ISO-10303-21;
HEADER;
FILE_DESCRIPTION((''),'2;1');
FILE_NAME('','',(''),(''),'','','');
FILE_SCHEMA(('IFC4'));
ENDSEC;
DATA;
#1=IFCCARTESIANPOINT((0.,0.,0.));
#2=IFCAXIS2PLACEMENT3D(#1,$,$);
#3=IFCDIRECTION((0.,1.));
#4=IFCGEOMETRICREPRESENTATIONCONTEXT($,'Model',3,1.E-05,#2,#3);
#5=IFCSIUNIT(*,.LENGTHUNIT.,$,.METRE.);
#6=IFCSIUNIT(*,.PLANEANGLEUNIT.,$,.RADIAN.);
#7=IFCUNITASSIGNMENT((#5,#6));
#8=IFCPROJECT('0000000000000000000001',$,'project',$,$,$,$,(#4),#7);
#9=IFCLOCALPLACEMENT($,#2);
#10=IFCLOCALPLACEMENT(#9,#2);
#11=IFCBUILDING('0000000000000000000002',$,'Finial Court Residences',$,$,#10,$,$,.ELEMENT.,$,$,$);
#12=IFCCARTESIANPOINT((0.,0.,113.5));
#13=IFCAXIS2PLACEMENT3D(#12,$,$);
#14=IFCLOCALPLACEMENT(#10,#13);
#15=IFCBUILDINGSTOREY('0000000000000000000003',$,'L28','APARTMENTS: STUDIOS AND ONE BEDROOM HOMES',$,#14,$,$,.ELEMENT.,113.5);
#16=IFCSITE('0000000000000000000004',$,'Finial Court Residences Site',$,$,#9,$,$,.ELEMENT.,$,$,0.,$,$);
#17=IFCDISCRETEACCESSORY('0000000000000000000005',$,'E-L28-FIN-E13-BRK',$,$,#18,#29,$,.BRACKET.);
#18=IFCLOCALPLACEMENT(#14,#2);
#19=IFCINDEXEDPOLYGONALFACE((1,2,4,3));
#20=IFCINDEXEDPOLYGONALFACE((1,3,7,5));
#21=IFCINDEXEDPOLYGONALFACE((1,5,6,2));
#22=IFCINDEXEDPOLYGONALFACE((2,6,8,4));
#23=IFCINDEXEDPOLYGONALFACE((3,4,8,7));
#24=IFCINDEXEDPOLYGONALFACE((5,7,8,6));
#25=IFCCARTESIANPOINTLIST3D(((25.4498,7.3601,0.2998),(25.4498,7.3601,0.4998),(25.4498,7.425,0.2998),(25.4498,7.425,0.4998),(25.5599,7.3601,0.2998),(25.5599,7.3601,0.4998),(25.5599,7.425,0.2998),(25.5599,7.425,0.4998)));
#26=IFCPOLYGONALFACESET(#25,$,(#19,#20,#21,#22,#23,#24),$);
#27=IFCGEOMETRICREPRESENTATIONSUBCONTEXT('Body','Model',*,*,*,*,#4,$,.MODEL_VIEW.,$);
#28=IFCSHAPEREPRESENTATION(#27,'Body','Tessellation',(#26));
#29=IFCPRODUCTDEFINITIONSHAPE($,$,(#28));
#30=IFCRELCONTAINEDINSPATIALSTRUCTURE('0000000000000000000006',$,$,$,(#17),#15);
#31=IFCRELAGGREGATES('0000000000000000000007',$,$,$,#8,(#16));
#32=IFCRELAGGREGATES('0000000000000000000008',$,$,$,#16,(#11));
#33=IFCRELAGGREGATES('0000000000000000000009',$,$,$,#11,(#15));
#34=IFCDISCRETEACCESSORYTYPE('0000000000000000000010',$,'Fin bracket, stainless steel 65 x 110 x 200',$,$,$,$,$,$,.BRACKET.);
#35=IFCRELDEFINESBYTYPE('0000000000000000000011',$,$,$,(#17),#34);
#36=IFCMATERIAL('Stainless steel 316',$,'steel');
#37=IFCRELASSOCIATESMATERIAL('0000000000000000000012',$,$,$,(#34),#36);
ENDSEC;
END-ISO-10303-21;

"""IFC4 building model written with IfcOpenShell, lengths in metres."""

from ifc_helpers import new_model, si_unit, direction, frame, origin, origin_2d, place, context, subcontext, project, spatial, rectangle, extrude, material, type_object, element, save


model = new_model("IFC4")

# Units and contexts
model_context = context("Model", 3, precision=1e-05, world=origin(), true_north=direction((0.0, 1.0)))
body_context = subcontext(model_context, "Body", "Model", "MODEL_VIEW")
ifc_project = project(units=[si_unit("LENGTHUNIT", "METRE"), si_unit("PLANEANGLEUNIT", "RADIAN")], contexts=[model_context])

# Site, building, storey
site_placement = place(None, origin())
site = spatial("IfcSite", under=ifc_project, at=site_placement, Name="Finial Court Residences Site", CompositionType="ELEMENT", RefElevation=0.0)
building_placement = place(site_placement, origin())
building = spatial("IfcBuilding", under=site, at=building_placement, Name="Finial Court Residences", CompositionType="ELEMENT")
storey_placement = place(building_placement, frame((0.0, 0.0, 113.5)))
storey = spatial("IfcBuildingStorey", under=building, at=storey_placement, Name="L28", Description="APARTMENTS: STUDIOS AND ONE BEDROOM HOMES", CompositionType="ELEMENT", Elevation=113.5)

# Discrete accessory
ifc_material_1 = material(Name="Stainless steel 316", Category="steel")
discrete_accessory_type = type_object("IfcDiscreteAccessoryType", Name="Fin bracket, stainless steel 65 x 110 x 200", PredefinedType="BRACKET", material=ifc_material_1)
discrete_accessory_placement = place(storey_placement, frame((25.5049, 7.3926, 0.2998), z_axis=(0.0, 0.0, 1.0), x_axis=(1.0, 0.0, 0.0)))
element("IfcDiscreteAccessory", 1, at=discrete_accessory_placement, inside=storey, type_object=discrete_accessory_type, Name="E-L28-FIN-E13-BRK", PredefinedType="BRACKET", context=body_context, shape_type="SweptSolid", body=[
    extrude(rectangle(XDim=0.1101, YDim=0.0649, at=origin_2d()), origin(), (0.0, 0.0, 1.0), 0.2),
])

save(model, "model.ifc")
